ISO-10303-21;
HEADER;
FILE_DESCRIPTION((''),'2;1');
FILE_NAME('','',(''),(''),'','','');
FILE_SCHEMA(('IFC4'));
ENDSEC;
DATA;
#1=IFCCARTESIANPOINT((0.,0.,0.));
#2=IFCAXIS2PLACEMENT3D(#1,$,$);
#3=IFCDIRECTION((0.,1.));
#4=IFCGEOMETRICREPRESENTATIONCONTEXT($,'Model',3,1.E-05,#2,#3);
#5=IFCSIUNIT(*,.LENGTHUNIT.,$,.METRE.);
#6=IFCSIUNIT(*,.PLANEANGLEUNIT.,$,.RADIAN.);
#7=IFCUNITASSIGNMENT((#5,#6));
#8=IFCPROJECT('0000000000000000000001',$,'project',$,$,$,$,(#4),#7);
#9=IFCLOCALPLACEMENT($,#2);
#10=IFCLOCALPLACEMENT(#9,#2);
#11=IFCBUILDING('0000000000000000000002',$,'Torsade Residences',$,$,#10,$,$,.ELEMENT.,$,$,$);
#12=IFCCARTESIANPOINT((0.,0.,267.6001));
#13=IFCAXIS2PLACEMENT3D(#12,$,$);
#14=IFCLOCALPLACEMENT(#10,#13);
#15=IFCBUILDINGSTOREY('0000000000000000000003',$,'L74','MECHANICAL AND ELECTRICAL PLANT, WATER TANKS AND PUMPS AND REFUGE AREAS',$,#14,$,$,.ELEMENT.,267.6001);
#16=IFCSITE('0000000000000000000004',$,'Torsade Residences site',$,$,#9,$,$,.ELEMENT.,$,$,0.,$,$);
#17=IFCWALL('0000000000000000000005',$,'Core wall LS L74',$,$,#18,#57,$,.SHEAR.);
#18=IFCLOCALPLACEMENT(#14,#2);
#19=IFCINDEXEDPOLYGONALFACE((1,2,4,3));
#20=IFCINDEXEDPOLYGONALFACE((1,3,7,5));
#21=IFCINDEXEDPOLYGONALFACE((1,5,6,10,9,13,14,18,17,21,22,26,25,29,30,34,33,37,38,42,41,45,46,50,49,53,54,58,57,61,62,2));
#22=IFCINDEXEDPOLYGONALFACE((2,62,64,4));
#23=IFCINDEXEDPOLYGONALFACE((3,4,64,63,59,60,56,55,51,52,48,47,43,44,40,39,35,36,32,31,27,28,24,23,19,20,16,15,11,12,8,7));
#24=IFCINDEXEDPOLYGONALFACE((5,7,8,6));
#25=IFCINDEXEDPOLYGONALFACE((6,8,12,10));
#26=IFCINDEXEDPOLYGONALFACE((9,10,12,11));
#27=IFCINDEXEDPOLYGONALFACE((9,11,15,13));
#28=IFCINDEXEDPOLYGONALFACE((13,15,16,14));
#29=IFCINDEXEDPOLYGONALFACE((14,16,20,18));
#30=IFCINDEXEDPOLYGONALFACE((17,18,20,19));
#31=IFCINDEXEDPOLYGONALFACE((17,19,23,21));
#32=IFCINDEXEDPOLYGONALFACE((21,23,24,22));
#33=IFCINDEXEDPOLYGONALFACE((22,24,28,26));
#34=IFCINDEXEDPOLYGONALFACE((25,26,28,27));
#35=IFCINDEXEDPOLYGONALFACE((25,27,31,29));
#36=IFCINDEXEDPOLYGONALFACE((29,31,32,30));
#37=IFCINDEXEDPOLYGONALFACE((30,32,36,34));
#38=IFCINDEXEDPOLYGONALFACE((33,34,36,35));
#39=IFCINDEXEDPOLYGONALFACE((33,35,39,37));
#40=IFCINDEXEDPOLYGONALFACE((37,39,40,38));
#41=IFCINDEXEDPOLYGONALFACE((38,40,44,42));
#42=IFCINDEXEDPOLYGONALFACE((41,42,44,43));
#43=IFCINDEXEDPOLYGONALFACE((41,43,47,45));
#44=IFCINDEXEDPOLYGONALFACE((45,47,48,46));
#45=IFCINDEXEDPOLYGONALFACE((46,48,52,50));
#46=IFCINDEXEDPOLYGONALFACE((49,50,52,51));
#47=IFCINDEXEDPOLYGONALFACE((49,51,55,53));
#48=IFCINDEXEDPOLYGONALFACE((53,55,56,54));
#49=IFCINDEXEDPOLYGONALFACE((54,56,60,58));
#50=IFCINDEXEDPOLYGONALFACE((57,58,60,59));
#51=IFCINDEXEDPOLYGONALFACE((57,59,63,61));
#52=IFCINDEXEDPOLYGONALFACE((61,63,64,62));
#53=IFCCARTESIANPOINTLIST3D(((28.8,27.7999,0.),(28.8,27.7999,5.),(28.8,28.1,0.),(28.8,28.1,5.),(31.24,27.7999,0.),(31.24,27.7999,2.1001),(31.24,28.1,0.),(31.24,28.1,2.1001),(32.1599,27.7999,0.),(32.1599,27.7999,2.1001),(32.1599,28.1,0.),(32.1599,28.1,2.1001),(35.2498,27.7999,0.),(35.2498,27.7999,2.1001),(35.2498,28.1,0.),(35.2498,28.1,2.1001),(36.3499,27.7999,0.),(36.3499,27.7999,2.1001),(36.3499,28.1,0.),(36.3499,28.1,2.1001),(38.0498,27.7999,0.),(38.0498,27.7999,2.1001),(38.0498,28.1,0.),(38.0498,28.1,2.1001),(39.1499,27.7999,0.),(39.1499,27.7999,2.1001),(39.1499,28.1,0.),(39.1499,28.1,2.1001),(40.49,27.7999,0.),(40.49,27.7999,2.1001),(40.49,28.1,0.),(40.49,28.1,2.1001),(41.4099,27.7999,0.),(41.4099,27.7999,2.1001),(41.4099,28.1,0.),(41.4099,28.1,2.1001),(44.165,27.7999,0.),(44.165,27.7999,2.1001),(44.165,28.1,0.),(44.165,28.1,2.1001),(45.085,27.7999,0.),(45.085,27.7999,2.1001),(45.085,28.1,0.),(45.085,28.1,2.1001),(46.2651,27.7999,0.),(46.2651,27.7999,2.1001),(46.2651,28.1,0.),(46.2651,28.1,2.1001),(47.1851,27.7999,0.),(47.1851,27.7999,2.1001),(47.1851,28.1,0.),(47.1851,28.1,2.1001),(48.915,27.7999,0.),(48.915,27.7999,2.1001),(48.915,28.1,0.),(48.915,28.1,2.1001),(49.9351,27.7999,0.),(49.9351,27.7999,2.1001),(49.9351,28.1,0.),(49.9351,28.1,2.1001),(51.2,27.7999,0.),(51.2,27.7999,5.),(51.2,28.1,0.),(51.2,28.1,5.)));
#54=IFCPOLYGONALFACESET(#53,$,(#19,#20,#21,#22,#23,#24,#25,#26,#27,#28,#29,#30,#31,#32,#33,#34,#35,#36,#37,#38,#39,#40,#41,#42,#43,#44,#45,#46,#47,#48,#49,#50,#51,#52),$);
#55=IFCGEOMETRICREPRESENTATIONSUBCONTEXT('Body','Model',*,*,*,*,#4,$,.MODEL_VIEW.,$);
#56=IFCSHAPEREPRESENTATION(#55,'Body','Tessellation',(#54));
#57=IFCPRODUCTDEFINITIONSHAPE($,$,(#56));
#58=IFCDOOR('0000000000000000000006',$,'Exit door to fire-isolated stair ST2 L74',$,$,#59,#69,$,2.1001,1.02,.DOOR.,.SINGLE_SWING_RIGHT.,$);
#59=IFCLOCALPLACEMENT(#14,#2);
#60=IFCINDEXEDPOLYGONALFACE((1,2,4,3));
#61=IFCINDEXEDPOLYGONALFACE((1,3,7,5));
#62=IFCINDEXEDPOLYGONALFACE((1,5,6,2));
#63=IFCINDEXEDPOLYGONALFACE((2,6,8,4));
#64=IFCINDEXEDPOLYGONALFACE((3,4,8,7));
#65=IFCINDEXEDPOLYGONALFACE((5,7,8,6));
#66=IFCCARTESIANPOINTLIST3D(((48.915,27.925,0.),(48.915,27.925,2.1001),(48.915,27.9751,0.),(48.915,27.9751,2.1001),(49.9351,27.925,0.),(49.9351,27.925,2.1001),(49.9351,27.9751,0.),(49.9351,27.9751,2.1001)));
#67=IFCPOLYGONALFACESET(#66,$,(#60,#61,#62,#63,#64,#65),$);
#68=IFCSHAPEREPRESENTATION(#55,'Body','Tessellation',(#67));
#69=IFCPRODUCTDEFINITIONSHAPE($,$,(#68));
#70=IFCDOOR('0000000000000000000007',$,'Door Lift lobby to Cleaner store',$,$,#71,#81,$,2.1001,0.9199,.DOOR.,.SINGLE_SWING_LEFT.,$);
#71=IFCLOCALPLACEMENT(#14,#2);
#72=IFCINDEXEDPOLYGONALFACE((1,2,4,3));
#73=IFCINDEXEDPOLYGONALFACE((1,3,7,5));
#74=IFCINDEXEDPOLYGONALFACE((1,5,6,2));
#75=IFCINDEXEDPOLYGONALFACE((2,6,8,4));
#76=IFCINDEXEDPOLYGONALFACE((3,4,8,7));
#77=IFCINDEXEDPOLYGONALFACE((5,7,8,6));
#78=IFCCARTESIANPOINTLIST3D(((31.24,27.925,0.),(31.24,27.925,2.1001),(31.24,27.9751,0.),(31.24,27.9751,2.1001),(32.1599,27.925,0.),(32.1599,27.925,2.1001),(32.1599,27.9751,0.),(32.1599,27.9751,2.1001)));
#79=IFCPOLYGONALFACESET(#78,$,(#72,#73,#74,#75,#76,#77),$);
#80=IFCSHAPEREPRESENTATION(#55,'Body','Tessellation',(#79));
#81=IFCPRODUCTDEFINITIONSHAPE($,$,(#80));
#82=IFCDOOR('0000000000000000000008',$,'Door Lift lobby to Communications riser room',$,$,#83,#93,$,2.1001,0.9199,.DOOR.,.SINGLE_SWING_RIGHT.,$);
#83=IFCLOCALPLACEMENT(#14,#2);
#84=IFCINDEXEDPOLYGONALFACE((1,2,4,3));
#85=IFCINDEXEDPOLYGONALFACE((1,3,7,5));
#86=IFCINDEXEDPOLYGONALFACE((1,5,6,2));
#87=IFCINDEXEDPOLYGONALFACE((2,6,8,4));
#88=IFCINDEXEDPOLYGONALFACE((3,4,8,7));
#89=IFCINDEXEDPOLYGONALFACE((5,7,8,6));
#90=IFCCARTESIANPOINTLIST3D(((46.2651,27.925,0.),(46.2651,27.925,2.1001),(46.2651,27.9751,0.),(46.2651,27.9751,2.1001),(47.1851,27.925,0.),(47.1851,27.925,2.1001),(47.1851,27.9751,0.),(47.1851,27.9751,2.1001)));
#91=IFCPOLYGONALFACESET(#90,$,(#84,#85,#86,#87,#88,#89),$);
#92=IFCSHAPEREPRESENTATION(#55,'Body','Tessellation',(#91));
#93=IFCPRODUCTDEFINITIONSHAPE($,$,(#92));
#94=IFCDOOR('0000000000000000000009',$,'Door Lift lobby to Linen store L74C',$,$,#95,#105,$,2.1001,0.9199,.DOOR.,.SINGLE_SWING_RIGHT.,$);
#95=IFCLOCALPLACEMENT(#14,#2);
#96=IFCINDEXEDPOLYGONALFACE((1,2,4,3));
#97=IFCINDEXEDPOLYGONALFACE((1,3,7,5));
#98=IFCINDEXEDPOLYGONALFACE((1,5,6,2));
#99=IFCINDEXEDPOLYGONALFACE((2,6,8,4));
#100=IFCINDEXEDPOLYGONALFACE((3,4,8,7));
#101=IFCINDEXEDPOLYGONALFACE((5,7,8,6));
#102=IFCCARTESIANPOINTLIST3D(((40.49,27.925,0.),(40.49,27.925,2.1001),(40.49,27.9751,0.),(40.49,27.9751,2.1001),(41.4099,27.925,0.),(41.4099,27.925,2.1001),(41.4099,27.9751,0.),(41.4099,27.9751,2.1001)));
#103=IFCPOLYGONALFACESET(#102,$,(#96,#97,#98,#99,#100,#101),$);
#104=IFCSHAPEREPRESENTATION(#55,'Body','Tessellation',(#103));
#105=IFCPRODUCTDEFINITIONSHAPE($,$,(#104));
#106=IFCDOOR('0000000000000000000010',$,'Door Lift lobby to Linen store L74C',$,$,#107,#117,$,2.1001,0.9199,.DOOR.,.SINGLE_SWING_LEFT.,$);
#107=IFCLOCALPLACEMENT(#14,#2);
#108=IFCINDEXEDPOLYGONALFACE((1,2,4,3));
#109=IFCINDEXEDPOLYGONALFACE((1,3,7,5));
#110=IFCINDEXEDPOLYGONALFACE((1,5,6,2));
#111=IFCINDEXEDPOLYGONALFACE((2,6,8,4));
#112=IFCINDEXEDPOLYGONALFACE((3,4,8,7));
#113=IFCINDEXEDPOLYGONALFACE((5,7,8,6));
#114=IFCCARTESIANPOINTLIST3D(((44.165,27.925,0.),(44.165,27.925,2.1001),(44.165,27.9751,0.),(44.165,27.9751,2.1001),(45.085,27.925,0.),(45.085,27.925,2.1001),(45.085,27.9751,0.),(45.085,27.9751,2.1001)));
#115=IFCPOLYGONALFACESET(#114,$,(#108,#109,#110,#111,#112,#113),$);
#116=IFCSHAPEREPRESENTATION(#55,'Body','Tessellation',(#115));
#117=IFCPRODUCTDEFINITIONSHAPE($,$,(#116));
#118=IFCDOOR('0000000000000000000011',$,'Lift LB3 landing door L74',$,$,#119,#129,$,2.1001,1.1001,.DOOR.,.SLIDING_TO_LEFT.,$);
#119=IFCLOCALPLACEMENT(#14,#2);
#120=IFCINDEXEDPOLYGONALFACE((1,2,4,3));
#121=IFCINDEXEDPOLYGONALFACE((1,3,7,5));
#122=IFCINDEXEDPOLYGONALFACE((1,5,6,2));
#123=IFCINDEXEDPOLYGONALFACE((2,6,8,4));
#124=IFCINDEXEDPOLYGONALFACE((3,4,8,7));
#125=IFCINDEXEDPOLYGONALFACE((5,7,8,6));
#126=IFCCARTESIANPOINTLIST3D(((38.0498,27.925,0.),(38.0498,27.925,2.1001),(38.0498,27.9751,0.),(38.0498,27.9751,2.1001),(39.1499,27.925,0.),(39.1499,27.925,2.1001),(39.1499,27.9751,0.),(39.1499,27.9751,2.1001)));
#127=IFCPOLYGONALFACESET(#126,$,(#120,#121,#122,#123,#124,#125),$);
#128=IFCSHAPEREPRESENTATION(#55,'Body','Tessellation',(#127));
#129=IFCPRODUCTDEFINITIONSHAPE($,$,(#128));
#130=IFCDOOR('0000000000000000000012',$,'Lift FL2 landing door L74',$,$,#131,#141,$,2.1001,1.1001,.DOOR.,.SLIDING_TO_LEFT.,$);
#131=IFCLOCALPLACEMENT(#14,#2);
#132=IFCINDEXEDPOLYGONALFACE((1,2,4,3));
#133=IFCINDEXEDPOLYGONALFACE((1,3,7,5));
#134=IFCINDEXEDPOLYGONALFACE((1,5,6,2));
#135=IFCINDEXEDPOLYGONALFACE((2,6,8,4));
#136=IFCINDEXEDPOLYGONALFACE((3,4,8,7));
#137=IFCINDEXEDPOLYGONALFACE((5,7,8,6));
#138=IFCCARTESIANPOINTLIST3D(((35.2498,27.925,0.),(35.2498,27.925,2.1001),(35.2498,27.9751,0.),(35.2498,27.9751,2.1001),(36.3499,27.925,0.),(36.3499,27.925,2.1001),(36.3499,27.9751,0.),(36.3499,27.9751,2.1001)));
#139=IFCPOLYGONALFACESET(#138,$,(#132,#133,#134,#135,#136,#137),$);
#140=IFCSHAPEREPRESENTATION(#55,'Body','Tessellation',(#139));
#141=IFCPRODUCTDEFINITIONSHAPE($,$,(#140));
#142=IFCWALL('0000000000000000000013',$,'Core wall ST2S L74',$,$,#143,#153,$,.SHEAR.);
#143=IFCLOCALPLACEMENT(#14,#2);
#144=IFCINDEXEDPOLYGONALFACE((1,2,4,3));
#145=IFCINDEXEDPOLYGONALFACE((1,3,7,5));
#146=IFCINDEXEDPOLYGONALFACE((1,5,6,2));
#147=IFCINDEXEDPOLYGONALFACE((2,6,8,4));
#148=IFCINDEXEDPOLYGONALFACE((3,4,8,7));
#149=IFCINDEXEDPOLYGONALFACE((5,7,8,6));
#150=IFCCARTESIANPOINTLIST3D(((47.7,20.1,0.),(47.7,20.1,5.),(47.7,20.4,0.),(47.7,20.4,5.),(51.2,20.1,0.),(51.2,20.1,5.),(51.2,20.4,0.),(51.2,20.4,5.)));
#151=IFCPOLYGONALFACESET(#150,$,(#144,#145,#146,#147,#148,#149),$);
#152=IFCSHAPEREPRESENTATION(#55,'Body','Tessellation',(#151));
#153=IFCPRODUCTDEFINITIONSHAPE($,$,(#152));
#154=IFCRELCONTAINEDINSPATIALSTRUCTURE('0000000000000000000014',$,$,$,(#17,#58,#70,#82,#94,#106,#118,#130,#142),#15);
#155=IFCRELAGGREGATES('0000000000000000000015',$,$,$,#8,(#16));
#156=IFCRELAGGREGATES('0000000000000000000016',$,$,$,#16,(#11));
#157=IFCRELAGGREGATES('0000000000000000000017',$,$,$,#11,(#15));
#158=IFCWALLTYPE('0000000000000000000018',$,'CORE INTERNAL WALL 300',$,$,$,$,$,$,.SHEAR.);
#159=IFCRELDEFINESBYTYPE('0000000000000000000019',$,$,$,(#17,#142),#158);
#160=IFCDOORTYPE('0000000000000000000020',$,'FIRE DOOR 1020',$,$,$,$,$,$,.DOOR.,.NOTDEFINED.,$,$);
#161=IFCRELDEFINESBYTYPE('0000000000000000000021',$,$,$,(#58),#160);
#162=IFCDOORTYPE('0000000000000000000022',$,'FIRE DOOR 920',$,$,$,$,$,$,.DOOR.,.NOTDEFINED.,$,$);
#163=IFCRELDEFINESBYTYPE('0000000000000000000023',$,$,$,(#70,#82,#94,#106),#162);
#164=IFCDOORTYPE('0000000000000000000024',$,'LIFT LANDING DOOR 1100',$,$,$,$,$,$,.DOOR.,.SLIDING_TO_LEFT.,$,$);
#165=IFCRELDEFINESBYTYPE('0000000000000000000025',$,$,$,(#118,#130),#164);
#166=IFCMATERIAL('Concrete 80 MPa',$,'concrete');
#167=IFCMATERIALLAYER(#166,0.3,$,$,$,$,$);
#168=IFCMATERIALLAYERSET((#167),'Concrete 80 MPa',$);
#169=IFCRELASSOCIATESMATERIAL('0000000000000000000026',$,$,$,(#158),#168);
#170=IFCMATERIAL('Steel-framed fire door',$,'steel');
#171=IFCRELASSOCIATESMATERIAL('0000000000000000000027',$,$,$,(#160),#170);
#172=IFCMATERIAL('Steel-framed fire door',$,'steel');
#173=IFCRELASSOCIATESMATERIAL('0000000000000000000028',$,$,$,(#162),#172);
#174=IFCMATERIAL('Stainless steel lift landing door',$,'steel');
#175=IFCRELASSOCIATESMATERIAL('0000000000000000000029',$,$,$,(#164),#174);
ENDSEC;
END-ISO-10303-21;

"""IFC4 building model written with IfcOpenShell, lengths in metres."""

from ifc_helpers import new_model, si_unit, direction, frame, frame_2d, origin, place, context, subcontext, project, spatial, rectangle, extrude, material, layer, layer_set, type_object, element, fill, save


model = new_model("IFC4")

# Units and contexts
model_context = context("Model", 3, precision=1e-05, world=origin(), true_north=direction((0.0, 1.0)))
body_context = subcontext(model_context, "Body", "Model", "MODEL_VIEW")
ifc_project = project(units=[si_unit("LENGTHUNIT", "METRE"), si_unit("PLANEANGLEUNIT", "RADIAN")], contexts=[model_context])

# Site, building, storey
site_placement = place(None, origin())
site = spatial("IfcSite", under=ifc_project, at=site_placement, Name="Torsade Residences site", CompositionType="ELEMENT", RefElevation=0.0)
building_placement = place(site_placement, origin())
building = spatial("IfcBuilding", under=site, at=building_placement, Name="Torsade Residences", CompositionType="ELEMENT")
storey_placement = place(building_placement, frame((0.0, 0.0, 267.6001)))
storey = spatial("IfcBuildingStorey", under=building, at=storey_placement, Name="L74", Description="MECHANICAL AND ELECTRICAL PLANT, WATER TANKS AND PUMPS AND REFUGE AREAS", CompositionType="ELEMENT", Elevation=267.6001)

# Wall, openings, doors
ifc_material_1 = material(Name="Concrete 80 MPa", Category="concrete")
ifc_layer_1 = layer(ifc_material_1, 0.3)
ifc_layer_set_1 = layer_set([ifc_layer_1], Name="Concrete 80 MPa")
wall_type_1 = type_object("IfcWallType", Name="CORE INTERNAL WALL 300", PredefinedType="SHEAR", material=ifc_layer_set_1)
wall_1_placement = place(storey_placement, frame((51.2, 27.95, 0.0), z_axis=(0.0, 0.0, 1.0), x_axis=(-1.0, 0.0, 0.0)))
wall_1 = element("IfcWall", 1, at=wall_1_placement, inside=storey, type_object=wall_type_1, Name="Core wall LS L74", PredefinedType="SHEAR", context=body_context, shape_type="SweptSolid", body=[
    extrude(rectangle(XDim=22.3999, YDim=0.3, at=frame_2d((11.2, 0.0))), origin(), (0.0, 0.0, 1.0), 5.0),
])
opening_1_placement = place(wall_1_placement, frame((19.04, 0.0, 0.0)))
opening_1 = element("IfcOpeningElement", 2, at=opening_1_placement, cuts=wall_1, PredefinedType="OPENING", context=body_context, shape_type="SweptSolid", body=[
    extrude(rectangle(XDim=0.9199, YDim=2.1001, at=frame_2d((0.46, 1.05))), frame((0.0, 0.1599, 0.0), z_axis=(0.0, -1.0, 0.0), x_axis=(1.0, 0.0, 0.0)), (0.0, 0.0, 1.0), 0.3201),
])
opening_2_placement = place(wall_1_placement, frame((1.2649, 0.0, 0.0)))
opening_2 = element("IfcOpeningElement", 3, at=opening_2_placement, cuts=wall_1, PredefinedType="OPENING", context=body_context, shape_type="SweptSolid", body=[
    extrude(rectangle(XDim=1.02, YDim=2.1001, at=frame_2d((0.51, 1.05))), frame((0.0, 0.1599, 0.0), z_axis=(0.0, -1.0, 0.0), x_axis=(1.0, 0.0, 0.0)), (0.0, 0.0, 1.0), 0.3201),
])
opening_3_placement = place(wall_1_placement, frame((4.0149, 0.0, 0.0)))
opening_3 = element("IfcOpeningElement", 4, at=opening_3_placement, cuts=wall_1, PredefinedType="OPENING", context=body_context, shape_type="SweptSolid", body=[
    extrude(rectangle(XDim=0.9199, YDim=2.1001, at=frame_2d((0.46, 1.05))), frame((0.0, 0.1599, 0.0), z_axis=(0.0, -1.0, 0.0), x_axis=(1.0, 0.0, 0.0)), (0.0, 0.0, 1.0), 0.3201),
])
opening_4_placement = place(wall_1_placement, frame((9.79, 0.0, 0.0)))
opening_4 = element("IfcOpeningElement", 5, at=opening_4_placement, cuts=wall_1, PredefinedType="OPENING", context=body_context, shape_type="SweptSolid", body=[
    extrude(rectangle(XDim=0.9199, YDim=2.1001, at=frame_2d((0.46, 1.05))), frame((0.0, 0.1599, 0.0), z_axis=(0.0, -1.0, 0.0), x_axis=(1.0, 0.0, 0.0)), (0.0, 0.0, 1.0), 0.3201),
])
opening_5_placement = place(wall_1_placement, frame((6.115, 0.0, 0.0)))
opening_5 = element("IfcOpeningElement", 6, at=opening_5_placement, cuts=wall_1, PredefinedType="OPENING", context=body_context, shape_type="SweptSolid", body=[
    extrude(rectangle(XDim=0.9199, YDim=2.1001, at=frame_2d((0.46, 1.05))), frame((0.0, 0.1599, 0.0), z_axis=(0.0, -1.0, 0.0), x_axis=(1.0, 0.0, 0.0)), (0.0, 0.0, 1.0), 0.3201),
])
opening_6_placement = place(wall_1_placement, frame((12.05, 0.0, 0.0)))
opening_6 = element("IfcOpeningElement", 7, at=opening_6_placement, cuts=wall_1, PredefinedType="OPENING", context=body_context, shape_type="SweptSolid", body=[
    extrude(rectangle(XDim=1.1001, YDim=2.1001, at=frame_2d((0.55, 1.05))), frame((0.0, 0.1599, 0.0), z_axis=(0.0, -1.0, 0.0), x_axis=(1.0, 0.0, 0.0)), (0.0, 0.0, 1.0), 0.3201),
])
opening_7_placement = place(wall_1_placement, frame((14.8501, 0.0, 0.0)))
opening_7 = element("IfcOpeningElement", 8, at=opening_7_placement, cuts=wall_1, PredefinedType="OPENING", context=body_context, shape_type="SweptSolid", body=[
    extrude(rectangle(XDim=1.1001, YDim=2.1001, at=frame_2d((0.55, 1.05))), frame((0.0, 0.1599, 0.0), z_axis=(0.0, -1.0, 0.0), x_axis=(1.0, 0.0, 0.0)), (0.0, 0.0, 1.0), 0.3201),
])
ifc_material_2 = material(Name="Steel-framed fire door", Category="steel")
door_type_1 = type_object("IfcDoorType", Name="FIRE DOOR 1020", OperationType="NOTDEFINED", PredefinedType="DOOR", material=ifc_material_2)
door_1_placement = place(opening_2_placement, origin())
door_1 = element("IfcDoor", 9, at=door_1_placement, inside=storey, type_object=door_type_1, Name="Exit door to fire-isolated stair ST2 L74", OperationType="SINGLE_SWING_RIGHT", OverallHeight=2.1001, OverallWidth=1.02, PredefinedType="DOOR", context=body_context, shape_type="SweptSolid", body=[
    extrude(rectangle(XDim=1.02, YDim=2.1001, at=frame_2d((0.51, 1.05))), frame((0.0, 0.0249, 0.0), z_axis=(0.0, -1.0, 0.0), x_axis=(1.0, 0.0, 0.0)), (0.0, 0.0, 1.0), 0.05),
])
fill(opening_2, door_1)
ifc_material_3 = material(Name="Steel-framed fire door", Category="steel")
door_type_2 = type_object("IfcDoorType", Name="FIRE DOOR 920", OperationType="NOTDEFINED", PredefinedType="DOOR", material=ifc_material_3)
door_2_placement = place(opening_1_placement, origin())
door_2 = element("IfcDoor", 10, at=door_2_placement, inside=storey, type_object=door_type_2, Name="Door Lift lobby to Cleaner store", OperationType="SINGLE_SWING_LEFT", OverallHeight=2.1001, OverallWidth=0.9199, PredefinedType="DOOR", context=body_context, shape_type="SweptSolid", body=[
    extrude(rectangle(XDim=0.9199, YDim=2.1001, at=frame_2d((0.46, 1.05))), frame((0.0, 0.0249, 0.0), z_axis=(0.0, -1.0, 0.0), x_axis=(1.0, 0.0, 0.0)), (0.0, 0.0, 1.0), 0.05),
])
fill(opening_1, door_2)
door_3_placement = place(opening_3_placement, origin())
door_3 = element("IfcDoor", 11, at=door_3_placement, inside=storey, type_object=door_type_2, Name="Door Lift lobby to Communications riser room", OperationType="SINGLE_SWING_RIGHT", OverallHeight=2.1001, OverallWidth=0.9199, PredefinedType="DOOR", context=body_context, shape_type="SweptSolid", body=[
    extrude(rectangle(XDim=0.9199, YDim=2.1001, at=frame_2d((0.46, 1.05))), frame((0.0, 0.0249, 0.0), z_axis=(0.0, -1.0, 0.0), x_axis=(1.0, 0.0, 0.0)), (0.0, 0.0, 1.0), 0.05),
])
fill(opening_3, door_3)
door_4_placement = place(opening_4_placement, origin())
door_4 = element("IfcDoor", 12, at=door_4_placement, inside=storey, type_object=door_type_2, Name="Door Lift lobby to Linen store L74C", OperationType="SINGLE_SWING_RIGHT", OverallHeight=2.1001, OverallWidth=0.9199, PredefinedType="DOOR", context=body_context, shape_type="SweptSolid", body=[
    extrude(rectangle(XDim=0.9199, YDim=2.1001, at=frame_2d((0.46, 1.05))), frame((0.0, 0.0249, 0.0), z_axis=(0.0, -1.0, 0.0), x_axis=(1.0, 0.0, 0.0)), (0.0, 0.0, 1.0), 0.05),
])
fill(opening_4, door_4)
door_5_placement = place(opening_5_placement, origin())
door_5 = element("IfcDoor", 13, at=door_5_placement, inside=storey, type_object=door_type_2, Name="Door Lift lobby to Linen store L74C", OperationType="SINGLE_SWING_LEFT", OverallHeight=2.1001, OverallWidth=0.9199, PredefinedType="DOOR", context=body_context, shape_type="SweptSolid", body=[
    extrude(rectangle(XDim=0.9199, YDim=2.1001, at=frame_2d((0.46, 1.05))), frame((0.0, 0.0249, 0.0), z_axis=(0.0, -1.0, 0.0), x_axis=(1.0, 0.0, 0.0)), (0.0, 0.0, 1.0), 0.05),
])
fill(opening_5, door_5)
ifc_material_4 = material(Name="Stainless steel lift landing door", Category="steel")
door_type_3 = type_object("IfcDoorType", Name="LIFT LANDING DOOR 1100", OperationType="SLIDING_TO_LEFT", PredefinedType="DOOR", material=ifc_material_4)
door_6_placement = place(opening_6_placement, origin())
door_6 = element("IfcDoor", 14, at=door_6_placement, inside=storey, type_object=door_type_3, Name="Lift LB3 landing door L74", OperationType="SLIDING_TO_LEFT", OverallHeight=2.1001, OverallWidth=1.1001, PredefinedType="DOOR", context=body_context, shape_type="SweptSolid", body=[
    extrude(rectangle(XDim=1.1001, YDim=2.1001, at=frame_2d((0.55, 1.05))), frame((0.0, 0.0249, 0.0), z_axis=(0.0, -1.0, 0.0), x_axis=(1.0, 0.0, 0.0)), (0.0, 0.0, 1.0), 0.05),
])
fill(opening_6, door_6)
door_7_placement = place(opening_7_placement, origin())
door_7 = element("IfcDoor", 15, at=door_7_placement, inside=storey, type_object=door_type_3, Name="Lift FL2 landing door L74", OperationType="SLIDING_TO_LEFT", OverallHeight=2.1001, OverallWidth=1.1001, PredefinedType="DOOR", context=body_context, shape_type="SweptSolid", body=[
    extrude(rectangle(XDim=1.1001, YDim=2.1001, at=frame_2d((0.55, 1.05))), frame((0.0, 0.0249, 0.0), z_axis=(0.0, -1.0, 0.0), x_axis=(1.0, 0.0, 0.0)), (0.0, 0.0, 1.0), 0.05),
])
fill(opening_7, door_7)

# Wall
wall_2_placement = place(storey_placement, frame((51.2, 20.25, 0.0), z_axis=(0.0, 0.0, 1.0), x_axis=(-1.0, 0.0, 0.0)))
element("IfcWall", 16, at=wall_2_placement, inside=storey, type_object=wall_type_1, Name="Core wall ST2S L74", PredefinedType="SHEAR", context=body_context, shape_type="SweptSolid", body=[
    extrude(rectangle(XDim=3.5, YDim=0.3, at=frame_2d((1.75, 0.0))), origin(), (0.0, 0.0, 1.0), 5.0),
])

save(model, "model.ifc")
